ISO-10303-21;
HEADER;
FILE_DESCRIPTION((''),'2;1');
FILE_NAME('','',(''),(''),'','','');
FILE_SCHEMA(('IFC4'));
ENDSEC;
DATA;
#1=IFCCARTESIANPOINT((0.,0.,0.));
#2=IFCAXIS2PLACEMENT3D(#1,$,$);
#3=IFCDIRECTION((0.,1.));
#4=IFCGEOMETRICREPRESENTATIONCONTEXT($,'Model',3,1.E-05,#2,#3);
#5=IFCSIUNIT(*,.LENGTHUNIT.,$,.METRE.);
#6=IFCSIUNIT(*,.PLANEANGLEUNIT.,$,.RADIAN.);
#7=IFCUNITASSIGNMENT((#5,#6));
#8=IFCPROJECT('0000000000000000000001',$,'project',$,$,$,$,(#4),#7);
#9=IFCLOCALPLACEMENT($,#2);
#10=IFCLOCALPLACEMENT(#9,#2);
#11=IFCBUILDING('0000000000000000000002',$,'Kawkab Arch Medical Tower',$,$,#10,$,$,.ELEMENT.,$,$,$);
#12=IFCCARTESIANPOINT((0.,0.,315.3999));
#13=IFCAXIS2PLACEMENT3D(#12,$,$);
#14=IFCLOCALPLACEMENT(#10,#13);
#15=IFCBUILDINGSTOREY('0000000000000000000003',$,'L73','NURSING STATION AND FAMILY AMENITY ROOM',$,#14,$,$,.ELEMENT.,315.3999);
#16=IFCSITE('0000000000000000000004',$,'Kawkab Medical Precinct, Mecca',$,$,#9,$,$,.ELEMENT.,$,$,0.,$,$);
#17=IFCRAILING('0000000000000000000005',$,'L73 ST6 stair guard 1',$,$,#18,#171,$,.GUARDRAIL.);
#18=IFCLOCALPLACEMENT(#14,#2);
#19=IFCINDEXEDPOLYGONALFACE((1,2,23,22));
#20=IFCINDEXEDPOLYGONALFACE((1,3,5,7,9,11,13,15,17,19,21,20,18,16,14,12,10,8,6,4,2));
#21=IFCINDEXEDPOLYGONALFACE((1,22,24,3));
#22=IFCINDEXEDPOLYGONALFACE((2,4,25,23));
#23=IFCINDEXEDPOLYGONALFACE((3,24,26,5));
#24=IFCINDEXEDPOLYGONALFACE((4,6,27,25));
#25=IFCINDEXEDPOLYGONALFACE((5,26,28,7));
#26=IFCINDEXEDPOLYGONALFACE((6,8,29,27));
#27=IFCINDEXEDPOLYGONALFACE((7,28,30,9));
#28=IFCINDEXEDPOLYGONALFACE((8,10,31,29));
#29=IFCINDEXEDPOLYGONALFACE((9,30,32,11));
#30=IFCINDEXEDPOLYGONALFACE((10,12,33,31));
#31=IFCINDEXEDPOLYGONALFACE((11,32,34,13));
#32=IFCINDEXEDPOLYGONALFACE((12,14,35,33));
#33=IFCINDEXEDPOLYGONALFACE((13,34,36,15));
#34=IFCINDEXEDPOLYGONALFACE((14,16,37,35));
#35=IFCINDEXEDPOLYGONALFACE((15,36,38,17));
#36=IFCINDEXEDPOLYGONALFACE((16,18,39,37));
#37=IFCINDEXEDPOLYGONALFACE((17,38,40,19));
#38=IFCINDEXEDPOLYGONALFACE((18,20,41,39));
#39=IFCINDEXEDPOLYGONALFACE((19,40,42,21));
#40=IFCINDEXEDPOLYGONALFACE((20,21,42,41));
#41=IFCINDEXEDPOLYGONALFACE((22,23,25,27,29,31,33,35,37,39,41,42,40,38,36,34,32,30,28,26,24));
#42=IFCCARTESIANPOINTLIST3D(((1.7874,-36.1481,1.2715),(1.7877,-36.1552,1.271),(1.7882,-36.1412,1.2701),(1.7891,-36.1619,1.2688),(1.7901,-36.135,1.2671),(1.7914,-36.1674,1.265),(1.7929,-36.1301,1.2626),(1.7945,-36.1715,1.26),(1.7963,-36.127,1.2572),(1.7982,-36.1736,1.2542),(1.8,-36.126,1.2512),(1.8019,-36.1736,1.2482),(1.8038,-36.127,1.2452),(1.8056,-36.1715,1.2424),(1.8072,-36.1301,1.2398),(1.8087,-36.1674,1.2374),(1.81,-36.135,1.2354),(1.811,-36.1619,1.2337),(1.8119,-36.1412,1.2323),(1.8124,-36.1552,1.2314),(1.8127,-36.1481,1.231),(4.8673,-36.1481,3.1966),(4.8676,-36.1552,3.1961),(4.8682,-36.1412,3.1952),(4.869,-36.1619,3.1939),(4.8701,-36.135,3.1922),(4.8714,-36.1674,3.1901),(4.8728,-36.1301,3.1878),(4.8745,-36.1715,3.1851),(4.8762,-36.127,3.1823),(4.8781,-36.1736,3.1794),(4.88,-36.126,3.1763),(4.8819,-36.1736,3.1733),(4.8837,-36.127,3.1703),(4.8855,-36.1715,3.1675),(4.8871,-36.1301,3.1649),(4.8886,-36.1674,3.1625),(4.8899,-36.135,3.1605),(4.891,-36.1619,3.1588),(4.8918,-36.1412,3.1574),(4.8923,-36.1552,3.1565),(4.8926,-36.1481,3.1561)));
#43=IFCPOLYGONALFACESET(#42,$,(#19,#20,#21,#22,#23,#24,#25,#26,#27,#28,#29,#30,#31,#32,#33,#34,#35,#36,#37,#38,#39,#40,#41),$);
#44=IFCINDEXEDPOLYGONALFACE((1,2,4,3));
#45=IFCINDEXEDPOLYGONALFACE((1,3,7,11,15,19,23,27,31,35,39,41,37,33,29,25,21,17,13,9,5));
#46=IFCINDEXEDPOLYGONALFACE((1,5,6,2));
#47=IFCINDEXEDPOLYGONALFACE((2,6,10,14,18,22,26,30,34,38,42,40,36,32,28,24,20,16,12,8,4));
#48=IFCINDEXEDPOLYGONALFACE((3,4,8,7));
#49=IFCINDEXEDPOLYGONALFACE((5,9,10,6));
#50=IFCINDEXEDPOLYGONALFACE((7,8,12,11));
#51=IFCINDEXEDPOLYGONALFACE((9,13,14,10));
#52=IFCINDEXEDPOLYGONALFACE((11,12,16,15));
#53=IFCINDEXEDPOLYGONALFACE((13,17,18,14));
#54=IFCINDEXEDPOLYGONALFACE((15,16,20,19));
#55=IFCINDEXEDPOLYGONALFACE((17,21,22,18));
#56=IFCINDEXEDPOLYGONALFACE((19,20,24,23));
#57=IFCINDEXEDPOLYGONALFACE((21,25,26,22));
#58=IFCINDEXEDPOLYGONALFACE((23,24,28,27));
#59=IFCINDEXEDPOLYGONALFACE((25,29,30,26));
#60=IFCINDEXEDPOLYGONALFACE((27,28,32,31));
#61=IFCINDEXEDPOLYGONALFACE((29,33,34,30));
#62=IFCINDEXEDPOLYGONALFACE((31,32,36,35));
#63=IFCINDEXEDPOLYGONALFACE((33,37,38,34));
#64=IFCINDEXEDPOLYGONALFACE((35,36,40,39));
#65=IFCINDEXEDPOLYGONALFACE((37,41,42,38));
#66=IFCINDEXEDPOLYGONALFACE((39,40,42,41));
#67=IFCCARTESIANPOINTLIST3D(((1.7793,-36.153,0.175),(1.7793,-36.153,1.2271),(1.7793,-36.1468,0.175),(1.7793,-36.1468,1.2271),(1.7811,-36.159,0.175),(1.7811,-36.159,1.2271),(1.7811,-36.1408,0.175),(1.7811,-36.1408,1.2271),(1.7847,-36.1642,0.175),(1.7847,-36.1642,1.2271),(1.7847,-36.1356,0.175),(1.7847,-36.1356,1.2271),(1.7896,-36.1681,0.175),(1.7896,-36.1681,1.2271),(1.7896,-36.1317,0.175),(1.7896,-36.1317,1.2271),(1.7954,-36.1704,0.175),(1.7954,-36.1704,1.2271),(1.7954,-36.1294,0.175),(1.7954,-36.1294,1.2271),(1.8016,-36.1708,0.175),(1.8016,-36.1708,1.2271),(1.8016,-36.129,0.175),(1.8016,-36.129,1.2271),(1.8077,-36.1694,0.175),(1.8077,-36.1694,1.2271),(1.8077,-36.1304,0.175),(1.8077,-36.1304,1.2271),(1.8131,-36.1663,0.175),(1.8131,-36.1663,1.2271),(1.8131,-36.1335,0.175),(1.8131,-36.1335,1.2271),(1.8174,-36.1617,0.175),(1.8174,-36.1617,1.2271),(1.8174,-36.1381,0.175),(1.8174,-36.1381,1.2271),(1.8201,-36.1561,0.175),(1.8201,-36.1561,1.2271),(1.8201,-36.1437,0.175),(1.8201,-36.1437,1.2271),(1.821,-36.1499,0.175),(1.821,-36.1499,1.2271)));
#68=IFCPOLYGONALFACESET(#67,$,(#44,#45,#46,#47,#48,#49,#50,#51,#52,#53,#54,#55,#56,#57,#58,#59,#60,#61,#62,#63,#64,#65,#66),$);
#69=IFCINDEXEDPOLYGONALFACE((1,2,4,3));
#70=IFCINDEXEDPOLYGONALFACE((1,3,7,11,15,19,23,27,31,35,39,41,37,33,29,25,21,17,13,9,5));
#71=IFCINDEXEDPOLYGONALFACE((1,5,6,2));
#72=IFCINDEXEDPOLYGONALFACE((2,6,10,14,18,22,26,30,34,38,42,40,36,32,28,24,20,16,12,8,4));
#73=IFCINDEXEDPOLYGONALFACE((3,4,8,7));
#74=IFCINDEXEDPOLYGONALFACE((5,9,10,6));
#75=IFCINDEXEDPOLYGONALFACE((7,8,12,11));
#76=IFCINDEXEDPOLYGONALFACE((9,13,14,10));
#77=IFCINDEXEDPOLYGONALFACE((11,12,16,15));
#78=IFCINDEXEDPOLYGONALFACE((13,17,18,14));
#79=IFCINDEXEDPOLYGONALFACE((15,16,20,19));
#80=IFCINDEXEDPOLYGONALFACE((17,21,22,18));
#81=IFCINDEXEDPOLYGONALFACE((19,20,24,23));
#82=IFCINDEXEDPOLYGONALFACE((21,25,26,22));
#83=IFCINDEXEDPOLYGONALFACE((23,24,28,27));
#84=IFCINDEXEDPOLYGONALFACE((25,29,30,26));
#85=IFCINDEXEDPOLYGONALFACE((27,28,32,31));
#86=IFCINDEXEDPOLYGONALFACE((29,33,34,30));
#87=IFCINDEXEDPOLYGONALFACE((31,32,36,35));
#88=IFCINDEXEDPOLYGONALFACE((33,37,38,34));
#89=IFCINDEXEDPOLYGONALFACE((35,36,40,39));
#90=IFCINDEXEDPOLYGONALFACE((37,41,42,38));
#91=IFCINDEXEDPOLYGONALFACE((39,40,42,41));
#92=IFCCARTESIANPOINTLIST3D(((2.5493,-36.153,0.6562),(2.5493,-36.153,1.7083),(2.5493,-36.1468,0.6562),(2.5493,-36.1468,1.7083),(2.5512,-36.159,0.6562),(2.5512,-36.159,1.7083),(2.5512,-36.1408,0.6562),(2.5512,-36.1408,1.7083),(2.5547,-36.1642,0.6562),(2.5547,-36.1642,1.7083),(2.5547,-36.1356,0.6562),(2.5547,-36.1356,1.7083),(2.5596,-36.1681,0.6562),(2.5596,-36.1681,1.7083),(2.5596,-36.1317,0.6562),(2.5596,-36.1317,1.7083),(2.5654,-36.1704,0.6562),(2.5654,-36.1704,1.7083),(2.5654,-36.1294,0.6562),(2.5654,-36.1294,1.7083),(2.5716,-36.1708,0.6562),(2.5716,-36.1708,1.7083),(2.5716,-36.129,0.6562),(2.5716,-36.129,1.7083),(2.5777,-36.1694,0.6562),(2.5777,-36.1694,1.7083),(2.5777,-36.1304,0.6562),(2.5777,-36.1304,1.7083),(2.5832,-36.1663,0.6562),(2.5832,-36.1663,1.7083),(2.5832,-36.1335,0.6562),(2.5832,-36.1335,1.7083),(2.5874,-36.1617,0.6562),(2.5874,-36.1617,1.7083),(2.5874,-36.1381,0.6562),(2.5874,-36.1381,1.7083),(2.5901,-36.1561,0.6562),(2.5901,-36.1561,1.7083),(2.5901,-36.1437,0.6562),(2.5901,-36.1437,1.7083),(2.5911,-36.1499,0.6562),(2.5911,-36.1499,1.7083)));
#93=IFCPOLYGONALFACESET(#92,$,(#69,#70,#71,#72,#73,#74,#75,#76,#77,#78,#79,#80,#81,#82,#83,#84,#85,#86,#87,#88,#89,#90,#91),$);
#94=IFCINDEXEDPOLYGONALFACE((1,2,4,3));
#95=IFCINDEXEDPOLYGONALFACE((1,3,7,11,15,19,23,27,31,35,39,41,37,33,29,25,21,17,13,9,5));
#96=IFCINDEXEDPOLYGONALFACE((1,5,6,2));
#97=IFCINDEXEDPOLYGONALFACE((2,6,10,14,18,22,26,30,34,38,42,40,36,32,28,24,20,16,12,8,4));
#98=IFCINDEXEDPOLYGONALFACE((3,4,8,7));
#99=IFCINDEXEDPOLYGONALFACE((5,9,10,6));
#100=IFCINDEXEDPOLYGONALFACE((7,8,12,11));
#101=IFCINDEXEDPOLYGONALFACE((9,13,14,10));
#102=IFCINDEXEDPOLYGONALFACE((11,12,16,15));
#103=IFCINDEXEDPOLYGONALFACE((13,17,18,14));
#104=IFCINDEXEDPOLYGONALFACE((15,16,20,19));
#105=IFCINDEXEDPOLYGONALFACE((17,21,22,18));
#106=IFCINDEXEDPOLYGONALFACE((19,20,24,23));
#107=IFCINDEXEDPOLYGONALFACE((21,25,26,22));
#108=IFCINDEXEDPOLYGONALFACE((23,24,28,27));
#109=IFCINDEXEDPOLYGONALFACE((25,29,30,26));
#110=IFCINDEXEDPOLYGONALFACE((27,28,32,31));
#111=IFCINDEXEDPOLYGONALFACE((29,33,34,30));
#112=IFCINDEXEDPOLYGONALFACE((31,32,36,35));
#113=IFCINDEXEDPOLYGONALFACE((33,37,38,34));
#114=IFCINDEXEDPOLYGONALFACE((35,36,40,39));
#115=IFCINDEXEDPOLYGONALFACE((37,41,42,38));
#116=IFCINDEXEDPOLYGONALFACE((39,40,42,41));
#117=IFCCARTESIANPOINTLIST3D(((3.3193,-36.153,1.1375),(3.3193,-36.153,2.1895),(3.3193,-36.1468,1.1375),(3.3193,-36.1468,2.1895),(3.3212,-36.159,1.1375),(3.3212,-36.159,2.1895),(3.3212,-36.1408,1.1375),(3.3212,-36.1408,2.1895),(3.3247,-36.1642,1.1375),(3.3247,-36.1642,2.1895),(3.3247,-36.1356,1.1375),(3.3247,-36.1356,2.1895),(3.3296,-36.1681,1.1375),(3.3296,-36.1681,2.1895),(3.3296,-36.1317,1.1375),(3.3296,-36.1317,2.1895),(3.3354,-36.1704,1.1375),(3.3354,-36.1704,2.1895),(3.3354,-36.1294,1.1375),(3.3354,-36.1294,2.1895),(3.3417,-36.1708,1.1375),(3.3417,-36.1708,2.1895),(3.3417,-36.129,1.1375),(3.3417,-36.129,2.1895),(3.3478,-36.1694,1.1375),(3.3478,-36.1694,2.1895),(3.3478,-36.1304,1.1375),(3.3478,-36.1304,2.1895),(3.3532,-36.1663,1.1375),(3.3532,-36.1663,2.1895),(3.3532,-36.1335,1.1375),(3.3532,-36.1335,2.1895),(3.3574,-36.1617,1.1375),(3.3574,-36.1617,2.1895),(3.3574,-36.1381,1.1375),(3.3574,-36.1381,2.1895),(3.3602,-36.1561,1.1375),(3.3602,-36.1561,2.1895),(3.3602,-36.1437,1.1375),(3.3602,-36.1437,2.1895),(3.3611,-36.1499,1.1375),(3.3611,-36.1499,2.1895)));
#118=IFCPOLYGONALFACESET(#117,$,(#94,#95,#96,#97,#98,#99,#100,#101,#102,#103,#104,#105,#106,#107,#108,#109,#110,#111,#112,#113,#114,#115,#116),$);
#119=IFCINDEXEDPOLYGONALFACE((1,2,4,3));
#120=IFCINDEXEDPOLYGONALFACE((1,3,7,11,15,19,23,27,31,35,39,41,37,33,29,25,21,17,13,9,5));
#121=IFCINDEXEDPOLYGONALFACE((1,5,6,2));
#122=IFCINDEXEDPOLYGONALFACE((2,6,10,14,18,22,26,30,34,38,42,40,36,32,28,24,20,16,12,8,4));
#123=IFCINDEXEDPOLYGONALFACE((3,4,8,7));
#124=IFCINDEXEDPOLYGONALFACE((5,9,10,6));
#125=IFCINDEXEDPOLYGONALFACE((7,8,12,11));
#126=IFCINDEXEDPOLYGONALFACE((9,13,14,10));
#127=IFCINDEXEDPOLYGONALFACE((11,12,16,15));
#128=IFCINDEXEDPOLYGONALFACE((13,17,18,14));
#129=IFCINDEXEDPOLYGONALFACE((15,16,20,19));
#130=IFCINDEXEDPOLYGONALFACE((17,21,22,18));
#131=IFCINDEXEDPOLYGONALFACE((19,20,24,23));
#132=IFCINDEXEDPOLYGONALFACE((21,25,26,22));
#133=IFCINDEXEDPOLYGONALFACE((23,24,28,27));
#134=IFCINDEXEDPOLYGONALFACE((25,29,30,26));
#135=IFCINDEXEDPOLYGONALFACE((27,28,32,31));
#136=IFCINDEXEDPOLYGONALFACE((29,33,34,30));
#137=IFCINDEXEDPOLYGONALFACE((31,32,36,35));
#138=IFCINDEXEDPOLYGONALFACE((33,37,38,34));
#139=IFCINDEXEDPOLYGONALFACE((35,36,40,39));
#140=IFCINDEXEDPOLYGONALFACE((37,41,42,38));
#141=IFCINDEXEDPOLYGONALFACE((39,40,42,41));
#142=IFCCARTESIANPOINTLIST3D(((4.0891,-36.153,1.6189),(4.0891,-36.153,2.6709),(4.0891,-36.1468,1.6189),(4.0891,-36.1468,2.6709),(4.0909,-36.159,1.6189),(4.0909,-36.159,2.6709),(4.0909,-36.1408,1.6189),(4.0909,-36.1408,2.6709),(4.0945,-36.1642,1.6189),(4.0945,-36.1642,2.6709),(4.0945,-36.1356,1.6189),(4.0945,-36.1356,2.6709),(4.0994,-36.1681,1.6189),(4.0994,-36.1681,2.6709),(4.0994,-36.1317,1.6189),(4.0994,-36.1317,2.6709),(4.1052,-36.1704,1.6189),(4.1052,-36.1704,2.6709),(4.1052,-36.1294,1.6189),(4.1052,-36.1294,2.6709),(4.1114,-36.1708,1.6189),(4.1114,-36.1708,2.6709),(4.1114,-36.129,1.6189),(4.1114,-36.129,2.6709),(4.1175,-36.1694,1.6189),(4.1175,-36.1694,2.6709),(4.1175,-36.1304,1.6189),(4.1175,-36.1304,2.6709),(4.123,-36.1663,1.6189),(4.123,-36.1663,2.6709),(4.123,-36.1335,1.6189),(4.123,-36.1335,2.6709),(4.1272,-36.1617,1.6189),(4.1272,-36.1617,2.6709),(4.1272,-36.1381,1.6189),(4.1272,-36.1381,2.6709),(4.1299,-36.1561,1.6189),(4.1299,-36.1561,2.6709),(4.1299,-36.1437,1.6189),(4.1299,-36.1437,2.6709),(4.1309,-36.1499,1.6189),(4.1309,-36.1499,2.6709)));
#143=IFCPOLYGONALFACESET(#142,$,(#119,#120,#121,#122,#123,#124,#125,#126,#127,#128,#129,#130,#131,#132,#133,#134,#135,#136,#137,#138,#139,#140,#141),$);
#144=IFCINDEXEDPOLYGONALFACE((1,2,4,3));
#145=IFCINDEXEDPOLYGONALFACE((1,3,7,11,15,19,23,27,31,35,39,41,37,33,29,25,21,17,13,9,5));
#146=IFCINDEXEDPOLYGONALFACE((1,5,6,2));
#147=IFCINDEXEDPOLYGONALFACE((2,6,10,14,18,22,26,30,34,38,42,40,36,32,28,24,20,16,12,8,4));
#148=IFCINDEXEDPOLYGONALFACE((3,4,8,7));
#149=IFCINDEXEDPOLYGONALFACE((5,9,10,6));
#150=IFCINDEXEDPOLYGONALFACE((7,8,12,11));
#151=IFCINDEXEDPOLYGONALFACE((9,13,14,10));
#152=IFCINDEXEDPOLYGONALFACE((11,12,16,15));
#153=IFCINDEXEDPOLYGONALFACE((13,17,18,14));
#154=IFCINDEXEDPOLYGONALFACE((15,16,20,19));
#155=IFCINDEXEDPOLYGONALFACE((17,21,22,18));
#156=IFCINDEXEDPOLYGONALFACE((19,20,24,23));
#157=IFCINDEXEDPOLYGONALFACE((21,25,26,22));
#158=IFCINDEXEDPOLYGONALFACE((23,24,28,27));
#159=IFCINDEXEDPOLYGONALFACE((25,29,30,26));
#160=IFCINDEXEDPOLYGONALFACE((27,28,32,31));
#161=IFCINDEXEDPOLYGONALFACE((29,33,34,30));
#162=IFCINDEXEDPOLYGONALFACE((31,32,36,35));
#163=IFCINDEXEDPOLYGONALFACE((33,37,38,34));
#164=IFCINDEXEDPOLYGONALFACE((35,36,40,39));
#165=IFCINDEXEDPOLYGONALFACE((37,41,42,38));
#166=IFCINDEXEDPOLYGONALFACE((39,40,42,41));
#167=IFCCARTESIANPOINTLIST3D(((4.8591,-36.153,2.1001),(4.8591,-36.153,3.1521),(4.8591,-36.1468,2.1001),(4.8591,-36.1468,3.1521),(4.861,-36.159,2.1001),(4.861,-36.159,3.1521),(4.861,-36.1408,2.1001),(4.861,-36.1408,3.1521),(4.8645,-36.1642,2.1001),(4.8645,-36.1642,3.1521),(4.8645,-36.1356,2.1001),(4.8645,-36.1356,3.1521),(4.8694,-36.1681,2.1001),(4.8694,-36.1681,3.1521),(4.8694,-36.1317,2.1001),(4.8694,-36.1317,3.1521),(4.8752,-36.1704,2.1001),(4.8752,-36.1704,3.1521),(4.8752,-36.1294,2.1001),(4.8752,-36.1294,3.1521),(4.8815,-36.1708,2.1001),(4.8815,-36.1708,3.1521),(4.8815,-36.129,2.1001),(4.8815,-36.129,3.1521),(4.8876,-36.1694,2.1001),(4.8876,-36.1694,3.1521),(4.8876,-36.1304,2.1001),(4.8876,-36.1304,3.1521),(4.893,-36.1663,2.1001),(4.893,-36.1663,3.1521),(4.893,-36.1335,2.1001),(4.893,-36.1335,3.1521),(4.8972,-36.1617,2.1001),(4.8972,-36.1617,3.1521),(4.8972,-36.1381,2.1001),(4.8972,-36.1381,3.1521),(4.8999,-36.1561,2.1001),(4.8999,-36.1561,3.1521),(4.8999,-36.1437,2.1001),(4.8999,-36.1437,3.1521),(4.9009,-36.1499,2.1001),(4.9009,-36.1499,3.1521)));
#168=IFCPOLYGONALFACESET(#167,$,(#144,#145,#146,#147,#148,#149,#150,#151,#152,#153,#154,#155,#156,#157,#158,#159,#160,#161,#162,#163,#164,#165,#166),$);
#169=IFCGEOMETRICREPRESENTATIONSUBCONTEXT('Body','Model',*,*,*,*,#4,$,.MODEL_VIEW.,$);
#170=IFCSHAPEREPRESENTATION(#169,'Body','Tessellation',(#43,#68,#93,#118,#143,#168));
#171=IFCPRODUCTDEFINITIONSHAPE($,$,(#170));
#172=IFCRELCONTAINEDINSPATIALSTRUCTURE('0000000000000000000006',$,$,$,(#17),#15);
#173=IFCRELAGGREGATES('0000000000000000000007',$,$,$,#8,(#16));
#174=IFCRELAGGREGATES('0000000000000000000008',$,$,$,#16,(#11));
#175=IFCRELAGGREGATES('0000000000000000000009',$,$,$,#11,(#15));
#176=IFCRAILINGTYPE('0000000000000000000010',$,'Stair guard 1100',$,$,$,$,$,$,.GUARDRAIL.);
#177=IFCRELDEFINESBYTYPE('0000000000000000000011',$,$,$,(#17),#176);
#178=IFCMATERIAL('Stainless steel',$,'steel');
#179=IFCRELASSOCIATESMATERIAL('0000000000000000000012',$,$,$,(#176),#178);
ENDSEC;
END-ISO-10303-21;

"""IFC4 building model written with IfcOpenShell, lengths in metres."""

from ifc_helpers import new_model, si_unit, direction, frame, origin, origin_2d, place, context, subcontext, project, spatial, circle, extrude, material, type_object, element, save


model = new_model("IFC4")

# Units and contexts
model_context = context("Model", 3, precision=1e-05, world=origin(), true_north=direction((0.0, 1.0)))
body_context = subcontext(model_context, "Body", "Model", "MODEL_VIEW")
ifc_project = project(units=[si_unit("LENGTHUNIT", "METRE"), si_unit("PLANEANGLEUNIT", "RADIAN")], contexts=[model_context])

# Site, building, storey
site_placement = place(None, origin())
site = spatial("IfcSite", under=ifc_project, at=site_placement, Name="Kawkab Medical Precinct, Mecca", CompositionType="ELEMENT", RefElevation=0.0)
building_placement = place(site_placement, origin())
building = spatial("IfcBuilding", under=site, at=building_placement, Name="Kawkab Arch Medical Tower", CompositionType="ELEMENT")
storey_placement = place(building_placement, frame((0.0, 0.0, 315.3999)))
storey = spatial("IfcBuildingStorey", under=building, at=storey_placement, Name="L73", Description="NURSING STATION AND FAMILY AMENITY ROOM", CompositionType="ELEMENT", Elevation=315.3999)

# Railing
ifc_material_1 = material(Name="Stainless steel", Category="steel")
railing_type_1 = type_object("IfcRailingType", Name="Stair guard 1100", PredefinedType="GUARDRAIL", material=ifc_material_1)
railing_1_placement = place(storey_placement, frame((1.8, -36.1499, 0.175)))
element("IfcRailing", 1, at=railing_1_placement, inside=storey, type_object=railing_type_1, Name="L73 ST6 stair guard 1", PredefinedType="GUARDRAIL", context=body_context, shape_type="SweptSolid", body=[
    extrude(circle(Radius=0.0239, at=origin_2d()), frame((0.0, 0.0, 1.0762), z_axis=(0.847979, 0.0, 0.530029), x_axis=(0.0, 1.0, 0.0)), (0.0, 0.0, 1.0), 3.6321),
    extrude(circle(Radius=0.021, at=origin_2d()), origin(), (0.0, 0.0, 1.0), 1.052),
    extrude(circle(Radius=0.021, at=origin_2d()), frame((0.77, 0.0, 0.4812)), (0.0, 0.0, 1.0), 1.052),
    extrude(circle(Radius=0.021, at=origin_2d()), frame((1.54, 0.0, 0.9624)), (0.0, 0.0, 1.0), 1.052),
    extrude(circle(Radius=0.021, at=origin_2d()), frame((2.3098, 0.0, 1.4438)), (0.0, 0.0, 1.0), 1.052),
    extrude(circle(Radius=0.021, at=origin_2d()), frame((3.0798, 0.0, 1.925)), (0.0, 0.0, 1.0), 1.052),
])

save(model, "model.ifc")
